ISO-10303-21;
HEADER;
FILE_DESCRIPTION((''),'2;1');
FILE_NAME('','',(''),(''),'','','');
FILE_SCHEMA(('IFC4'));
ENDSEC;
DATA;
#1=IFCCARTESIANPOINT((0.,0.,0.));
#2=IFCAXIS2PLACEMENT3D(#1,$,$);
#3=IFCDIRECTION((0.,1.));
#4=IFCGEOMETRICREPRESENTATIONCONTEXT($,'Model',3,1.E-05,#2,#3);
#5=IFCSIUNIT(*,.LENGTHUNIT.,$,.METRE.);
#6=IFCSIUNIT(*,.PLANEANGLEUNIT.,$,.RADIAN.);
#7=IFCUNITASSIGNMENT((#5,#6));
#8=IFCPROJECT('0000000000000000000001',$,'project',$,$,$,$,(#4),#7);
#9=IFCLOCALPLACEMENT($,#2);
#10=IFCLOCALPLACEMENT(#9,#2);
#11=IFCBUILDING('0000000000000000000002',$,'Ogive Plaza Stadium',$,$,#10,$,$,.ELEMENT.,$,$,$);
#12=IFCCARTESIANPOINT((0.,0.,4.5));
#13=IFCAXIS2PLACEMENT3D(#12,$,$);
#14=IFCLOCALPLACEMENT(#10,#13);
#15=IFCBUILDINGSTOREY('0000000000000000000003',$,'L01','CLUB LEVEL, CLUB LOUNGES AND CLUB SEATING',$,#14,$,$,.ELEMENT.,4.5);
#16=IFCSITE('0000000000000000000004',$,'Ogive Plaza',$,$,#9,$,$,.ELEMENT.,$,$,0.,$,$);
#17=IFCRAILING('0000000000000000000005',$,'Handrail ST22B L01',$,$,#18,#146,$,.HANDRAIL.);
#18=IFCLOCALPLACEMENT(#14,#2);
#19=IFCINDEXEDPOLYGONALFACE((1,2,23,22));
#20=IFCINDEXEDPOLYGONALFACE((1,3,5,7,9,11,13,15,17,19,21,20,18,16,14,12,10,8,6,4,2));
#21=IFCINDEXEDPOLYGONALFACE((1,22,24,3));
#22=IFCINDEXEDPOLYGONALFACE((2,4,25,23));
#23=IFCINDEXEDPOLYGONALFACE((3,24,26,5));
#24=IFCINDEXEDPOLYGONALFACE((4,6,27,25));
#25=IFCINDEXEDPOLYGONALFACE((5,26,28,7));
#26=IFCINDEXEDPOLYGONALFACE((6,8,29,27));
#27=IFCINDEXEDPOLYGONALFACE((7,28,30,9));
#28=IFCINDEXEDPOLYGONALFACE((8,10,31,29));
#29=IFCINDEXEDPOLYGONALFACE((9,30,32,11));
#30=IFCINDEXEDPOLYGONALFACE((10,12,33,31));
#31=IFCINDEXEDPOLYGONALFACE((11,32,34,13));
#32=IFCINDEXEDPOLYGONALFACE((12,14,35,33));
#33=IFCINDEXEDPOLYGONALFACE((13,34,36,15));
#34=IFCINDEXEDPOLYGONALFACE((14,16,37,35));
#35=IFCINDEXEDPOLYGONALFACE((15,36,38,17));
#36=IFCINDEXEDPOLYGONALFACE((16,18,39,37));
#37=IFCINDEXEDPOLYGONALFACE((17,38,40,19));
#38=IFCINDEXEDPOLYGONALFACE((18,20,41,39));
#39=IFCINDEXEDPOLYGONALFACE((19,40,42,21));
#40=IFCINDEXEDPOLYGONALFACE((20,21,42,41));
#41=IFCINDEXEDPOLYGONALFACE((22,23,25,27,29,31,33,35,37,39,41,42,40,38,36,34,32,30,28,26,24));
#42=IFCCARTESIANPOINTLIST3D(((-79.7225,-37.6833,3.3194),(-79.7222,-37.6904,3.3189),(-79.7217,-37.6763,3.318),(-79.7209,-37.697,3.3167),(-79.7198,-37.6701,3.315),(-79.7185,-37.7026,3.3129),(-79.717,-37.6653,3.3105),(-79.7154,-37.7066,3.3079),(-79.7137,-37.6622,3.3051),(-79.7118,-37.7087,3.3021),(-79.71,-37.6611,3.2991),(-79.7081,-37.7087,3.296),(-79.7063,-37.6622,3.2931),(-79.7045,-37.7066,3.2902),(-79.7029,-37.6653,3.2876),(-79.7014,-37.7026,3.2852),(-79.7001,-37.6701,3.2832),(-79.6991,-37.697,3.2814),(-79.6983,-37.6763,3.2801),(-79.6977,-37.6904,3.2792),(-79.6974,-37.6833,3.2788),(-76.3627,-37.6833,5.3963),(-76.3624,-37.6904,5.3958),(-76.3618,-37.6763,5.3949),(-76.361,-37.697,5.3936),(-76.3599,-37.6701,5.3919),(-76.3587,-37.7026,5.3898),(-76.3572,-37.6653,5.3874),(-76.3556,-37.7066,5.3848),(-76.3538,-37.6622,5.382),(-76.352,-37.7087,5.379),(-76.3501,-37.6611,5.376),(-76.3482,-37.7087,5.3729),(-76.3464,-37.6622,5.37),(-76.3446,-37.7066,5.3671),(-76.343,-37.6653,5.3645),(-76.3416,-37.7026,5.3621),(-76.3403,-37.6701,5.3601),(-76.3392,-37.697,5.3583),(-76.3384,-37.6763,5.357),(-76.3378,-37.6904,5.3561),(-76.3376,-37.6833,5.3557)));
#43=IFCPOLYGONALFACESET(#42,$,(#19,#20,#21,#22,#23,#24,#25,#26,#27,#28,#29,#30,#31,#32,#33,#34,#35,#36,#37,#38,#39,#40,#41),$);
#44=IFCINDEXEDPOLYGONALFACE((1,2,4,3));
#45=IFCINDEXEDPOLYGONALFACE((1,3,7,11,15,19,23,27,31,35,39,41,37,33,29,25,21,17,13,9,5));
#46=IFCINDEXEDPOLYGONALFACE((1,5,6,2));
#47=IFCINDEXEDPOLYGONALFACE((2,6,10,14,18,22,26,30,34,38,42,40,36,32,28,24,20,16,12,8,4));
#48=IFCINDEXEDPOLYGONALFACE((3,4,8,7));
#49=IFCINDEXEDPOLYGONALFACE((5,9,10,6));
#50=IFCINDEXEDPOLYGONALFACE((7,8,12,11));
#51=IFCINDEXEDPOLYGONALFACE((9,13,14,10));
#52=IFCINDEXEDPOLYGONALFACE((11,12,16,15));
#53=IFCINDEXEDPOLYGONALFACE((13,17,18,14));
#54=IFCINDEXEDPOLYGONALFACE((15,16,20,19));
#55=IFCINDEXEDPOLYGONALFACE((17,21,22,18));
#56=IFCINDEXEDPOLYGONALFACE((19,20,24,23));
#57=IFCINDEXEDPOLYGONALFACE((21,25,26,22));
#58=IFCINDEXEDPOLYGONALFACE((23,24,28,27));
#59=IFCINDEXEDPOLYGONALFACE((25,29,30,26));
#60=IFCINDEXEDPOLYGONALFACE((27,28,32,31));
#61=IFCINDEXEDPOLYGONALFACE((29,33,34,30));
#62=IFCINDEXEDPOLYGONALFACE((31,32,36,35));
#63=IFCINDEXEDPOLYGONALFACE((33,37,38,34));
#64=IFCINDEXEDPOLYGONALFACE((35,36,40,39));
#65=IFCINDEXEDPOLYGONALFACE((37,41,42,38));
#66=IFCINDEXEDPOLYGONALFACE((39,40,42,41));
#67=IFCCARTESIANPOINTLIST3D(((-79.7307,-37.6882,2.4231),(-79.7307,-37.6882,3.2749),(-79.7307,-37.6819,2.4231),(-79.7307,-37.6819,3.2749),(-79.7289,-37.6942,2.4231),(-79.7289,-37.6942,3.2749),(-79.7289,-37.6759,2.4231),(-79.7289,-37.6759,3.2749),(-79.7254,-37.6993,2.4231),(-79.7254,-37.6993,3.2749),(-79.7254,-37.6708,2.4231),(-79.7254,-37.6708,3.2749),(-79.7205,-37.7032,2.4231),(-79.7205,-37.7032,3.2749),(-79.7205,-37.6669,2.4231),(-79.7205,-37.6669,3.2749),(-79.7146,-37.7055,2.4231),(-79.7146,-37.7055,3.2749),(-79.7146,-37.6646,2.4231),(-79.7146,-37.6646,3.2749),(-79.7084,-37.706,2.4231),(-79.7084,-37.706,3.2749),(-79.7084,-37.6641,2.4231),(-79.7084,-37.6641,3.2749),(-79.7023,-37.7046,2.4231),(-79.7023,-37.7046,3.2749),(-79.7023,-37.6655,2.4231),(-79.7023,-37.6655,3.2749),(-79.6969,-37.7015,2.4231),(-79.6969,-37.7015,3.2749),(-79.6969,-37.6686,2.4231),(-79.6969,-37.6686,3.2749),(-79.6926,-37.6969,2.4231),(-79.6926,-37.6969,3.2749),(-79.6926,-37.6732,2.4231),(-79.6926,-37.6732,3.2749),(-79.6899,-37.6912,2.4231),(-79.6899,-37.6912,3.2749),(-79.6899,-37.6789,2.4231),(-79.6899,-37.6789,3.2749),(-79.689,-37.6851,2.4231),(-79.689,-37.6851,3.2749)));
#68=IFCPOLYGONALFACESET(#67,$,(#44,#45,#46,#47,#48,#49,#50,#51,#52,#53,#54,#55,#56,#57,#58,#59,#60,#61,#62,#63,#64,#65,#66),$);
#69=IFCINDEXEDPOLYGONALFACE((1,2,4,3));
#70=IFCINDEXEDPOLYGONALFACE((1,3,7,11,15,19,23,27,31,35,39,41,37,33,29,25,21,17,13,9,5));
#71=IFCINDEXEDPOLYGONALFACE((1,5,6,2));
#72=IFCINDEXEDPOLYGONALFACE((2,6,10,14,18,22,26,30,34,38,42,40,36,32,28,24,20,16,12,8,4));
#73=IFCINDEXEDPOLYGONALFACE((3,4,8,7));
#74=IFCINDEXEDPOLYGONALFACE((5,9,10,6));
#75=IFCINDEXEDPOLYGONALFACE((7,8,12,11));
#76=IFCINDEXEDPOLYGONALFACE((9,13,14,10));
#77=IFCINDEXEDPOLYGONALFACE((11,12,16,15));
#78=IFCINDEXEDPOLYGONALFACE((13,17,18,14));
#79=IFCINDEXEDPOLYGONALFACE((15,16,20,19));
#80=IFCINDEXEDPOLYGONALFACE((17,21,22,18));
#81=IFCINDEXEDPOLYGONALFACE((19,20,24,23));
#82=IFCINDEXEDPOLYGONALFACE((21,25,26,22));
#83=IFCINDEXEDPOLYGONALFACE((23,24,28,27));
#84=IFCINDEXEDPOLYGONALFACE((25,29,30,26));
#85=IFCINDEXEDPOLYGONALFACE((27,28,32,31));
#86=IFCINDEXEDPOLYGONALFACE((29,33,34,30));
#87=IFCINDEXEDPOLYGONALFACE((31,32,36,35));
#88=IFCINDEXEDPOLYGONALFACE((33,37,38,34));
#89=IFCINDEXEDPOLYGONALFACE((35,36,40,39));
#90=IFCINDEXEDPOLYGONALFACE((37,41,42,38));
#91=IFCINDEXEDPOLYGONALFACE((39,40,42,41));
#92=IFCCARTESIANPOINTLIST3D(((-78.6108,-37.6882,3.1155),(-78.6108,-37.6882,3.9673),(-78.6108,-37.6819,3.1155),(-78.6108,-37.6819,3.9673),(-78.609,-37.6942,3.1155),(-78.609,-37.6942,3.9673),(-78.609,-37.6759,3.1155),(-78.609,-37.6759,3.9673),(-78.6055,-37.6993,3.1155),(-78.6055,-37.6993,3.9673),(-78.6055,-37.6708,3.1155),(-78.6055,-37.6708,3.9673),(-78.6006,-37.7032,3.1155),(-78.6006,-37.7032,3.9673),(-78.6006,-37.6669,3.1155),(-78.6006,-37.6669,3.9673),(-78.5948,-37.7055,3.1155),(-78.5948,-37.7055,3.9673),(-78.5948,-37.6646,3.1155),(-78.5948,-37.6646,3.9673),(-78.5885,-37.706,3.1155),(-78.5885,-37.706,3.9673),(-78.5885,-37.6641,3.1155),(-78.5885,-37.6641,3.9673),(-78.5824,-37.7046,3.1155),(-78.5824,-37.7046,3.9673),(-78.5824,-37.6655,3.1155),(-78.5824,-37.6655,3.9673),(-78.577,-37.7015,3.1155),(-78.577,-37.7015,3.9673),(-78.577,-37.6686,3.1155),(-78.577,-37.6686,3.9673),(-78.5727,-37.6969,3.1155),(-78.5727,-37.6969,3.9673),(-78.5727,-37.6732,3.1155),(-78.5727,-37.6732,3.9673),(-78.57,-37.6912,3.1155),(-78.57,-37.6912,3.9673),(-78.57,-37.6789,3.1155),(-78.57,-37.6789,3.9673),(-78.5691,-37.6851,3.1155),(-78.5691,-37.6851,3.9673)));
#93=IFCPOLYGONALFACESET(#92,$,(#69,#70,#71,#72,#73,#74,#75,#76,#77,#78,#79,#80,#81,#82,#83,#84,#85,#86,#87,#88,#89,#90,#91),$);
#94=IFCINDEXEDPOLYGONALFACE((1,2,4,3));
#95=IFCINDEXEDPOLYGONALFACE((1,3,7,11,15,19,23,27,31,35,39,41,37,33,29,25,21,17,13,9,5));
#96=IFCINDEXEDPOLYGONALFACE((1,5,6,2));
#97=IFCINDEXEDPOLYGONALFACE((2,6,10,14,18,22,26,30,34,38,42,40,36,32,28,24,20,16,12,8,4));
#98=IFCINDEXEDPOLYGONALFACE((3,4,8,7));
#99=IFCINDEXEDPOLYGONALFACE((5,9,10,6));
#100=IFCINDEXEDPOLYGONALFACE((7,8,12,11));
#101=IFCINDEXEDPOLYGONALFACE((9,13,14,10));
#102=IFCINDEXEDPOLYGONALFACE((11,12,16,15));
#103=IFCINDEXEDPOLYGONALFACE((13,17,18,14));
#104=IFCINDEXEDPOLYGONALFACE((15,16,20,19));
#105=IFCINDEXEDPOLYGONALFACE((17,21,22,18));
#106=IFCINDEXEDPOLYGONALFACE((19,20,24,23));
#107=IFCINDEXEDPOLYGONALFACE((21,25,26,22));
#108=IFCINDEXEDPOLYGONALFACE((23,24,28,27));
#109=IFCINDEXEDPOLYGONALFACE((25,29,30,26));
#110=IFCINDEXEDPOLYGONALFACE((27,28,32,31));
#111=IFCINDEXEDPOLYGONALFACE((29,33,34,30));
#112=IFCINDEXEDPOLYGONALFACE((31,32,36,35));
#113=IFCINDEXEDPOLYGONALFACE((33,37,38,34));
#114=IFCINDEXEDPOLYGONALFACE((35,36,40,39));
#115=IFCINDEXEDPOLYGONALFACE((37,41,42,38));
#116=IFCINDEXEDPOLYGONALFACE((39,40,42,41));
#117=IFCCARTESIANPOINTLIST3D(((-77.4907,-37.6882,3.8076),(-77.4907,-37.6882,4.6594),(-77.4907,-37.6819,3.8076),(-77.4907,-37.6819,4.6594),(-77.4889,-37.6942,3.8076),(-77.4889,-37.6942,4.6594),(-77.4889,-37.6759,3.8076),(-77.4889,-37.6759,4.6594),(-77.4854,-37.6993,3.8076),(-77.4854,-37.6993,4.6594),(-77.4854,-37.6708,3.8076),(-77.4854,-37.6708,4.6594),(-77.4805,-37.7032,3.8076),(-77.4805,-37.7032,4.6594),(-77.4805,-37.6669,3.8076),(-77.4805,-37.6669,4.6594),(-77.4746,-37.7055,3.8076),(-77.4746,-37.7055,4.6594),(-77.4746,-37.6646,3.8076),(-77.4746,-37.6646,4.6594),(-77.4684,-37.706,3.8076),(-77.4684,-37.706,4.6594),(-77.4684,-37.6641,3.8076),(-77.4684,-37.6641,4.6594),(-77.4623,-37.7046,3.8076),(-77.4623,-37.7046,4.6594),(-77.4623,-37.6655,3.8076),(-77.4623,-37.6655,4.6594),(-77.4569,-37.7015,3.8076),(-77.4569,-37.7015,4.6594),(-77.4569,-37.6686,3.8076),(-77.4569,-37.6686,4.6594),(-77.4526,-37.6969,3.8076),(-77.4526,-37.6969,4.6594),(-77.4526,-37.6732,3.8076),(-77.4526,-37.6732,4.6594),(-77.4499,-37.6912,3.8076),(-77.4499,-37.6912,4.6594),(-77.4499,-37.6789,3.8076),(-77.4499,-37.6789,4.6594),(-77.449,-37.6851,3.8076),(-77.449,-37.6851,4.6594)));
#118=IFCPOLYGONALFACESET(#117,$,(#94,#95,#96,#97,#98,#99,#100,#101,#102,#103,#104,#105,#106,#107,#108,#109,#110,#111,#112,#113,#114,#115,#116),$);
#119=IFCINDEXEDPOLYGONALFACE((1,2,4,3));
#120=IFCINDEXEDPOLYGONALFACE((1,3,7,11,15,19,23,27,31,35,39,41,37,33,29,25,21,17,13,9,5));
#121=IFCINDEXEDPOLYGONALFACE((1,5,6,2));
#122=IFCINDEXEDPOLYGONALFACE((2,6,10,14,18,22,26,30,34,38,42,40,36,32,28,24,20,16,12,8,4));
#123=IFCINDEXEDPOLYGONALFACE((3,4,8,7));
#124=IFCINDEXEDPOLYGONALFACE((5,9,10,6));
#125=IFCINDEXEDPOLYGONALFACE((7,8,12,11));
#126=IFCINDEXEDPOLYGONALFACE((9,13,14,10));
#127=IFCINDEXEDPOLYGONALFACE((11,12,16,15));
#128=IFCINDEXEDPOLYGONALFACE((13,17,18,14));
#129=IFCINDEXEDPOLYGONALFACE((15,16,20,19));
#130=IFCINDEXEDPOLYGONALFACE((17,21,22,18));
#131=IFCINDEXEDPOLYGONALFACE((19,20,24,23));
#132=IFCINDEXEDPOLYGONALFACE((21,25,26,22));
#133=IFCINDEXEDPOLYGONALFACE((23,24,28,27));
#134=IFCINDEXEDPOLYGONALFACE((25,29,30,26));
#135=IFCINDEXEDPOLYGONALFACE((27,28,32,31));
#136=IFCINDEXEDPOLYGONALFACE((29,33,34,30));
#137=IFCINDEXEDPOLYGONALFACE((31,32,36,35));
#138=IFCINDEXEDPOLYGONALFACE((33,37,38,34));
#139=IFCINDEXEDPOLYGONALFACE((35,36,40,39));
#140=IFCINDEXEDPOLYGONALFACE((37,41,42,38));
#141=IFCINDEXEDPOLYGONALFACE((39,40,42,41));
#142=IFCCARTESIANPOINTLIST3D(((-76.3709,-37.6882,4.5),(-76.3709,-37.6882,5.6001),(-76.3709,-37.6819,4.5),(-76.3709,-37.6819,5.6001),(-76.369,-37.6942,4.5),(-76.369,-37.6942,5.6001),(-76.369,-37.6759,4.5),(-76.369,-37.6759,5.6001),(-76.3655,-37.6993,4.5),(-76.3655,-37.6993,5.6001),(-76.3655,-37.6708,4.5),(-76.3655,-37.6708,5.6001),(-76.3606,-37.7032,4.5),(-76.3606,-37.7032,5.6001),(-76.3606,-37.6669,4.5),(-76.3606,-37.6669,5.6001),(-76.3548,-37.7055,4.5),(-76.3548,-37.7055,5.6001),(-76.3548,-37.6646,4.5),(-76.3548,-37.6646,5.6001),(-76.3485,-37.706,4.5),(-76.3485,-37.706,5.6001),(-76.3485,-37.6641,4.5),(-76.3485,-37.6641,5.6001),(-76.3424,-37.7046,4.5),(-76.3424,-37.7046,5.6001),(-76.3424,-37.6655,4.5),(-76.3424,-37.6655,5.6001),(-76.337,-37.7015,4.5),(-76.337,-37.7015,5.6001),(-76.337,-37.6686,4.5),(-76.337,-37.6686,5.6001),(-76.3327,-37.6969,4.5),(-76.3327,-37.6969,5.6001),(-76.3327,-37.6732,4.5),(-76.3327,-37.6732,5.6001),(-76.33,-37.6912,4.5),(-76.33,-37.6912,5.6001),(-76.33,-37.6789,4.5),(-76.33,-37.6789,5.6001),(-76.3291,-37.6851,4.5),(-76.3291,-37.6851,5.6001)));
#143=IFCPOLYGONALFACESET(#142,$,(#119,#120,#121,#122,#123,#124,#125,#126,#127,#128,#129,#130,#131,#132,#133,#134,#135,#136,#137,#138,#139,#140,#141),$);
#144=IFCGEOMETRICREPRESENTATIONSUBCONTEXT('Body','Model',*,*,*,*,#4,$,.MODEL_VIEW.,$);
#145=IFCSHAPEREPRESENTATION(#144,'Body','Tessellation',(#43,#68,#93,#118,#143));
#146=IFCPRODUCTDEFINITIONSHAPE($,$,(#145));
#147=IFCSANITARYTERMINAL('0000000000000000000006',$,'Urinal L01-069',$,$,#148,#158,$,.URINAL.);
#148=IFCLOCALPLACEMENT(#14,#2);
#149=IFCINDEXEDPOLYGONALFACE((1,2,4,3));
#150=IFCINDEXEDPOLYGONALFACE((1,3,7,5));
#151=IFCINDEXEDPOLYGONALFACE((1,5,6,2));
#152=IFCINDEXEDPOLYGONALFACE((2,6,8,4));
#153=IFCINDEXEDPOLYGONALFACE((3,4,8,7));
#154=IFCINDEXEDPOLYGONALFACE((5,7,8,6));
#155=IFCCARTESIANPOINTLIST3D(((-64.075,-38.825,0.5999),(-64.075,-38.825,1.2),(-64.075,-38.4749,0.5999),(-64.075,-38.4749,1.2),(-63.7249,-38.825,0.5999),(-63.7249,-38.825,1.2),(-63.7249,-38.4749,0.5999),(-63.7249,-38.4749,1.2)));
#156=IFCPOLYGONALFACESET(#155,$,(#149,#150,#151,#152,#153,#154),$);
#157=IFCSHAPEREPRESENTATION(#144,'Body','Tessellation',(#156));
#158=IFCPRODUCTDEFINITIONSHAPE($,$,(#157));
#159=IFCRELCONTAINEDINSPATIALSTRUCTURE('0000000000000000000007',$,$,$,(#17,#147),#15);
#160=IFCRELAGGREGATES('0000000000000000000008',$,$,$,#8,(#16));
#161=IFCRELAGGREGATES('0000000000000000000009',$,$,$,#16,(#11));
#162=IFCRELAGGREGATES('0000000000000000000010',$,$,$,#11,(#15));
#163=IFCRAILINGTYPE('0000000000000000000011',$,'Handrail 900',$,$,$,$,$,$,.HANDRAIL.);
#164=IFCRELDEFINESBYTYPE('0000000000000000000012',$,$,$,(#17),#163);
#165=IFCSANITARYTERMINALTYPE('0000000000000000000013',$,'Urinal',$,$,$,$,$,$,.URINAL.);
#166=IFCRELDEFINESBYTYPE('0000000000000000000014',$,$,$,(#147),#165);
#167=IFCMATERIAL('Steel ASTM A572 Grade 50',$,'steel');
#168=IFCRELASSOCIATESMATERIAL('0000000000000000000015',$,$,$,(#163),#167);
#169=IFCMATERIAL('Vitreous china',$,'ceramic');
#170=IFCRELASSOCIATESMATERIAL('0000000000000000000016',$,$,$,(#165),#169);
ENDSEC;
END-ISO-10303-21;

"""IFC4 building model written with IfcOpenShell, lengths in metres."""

from ifc_helpers import new_model, si_unit, direction, frame, origin, origin_2d, place, context, subcontext, project, spatial, rectangle, circle, extrude, material, type_object, element, save


model = new_model("IFC4")

# Units and contexts
model_context = context("Model", 3, precision=1e-05, world=origin(), true_north=direction((0.0, 1.0)))
body_context = subcontext(model_context, "Body", "Model", "MODEL_VIEW")
ifc_project = project(units=[si_unit("LENGTHUNIT", "METRE"), si_unit("PLANEANGLEUNIT", "RADIAN")], contexts=[model_context])

# Site, building, storey
site_placement = place(None, origin())
site = spatial("IfcSite", under=ifc_project, at=site_placement, Name="Ogive Plaza", CompositionType="ELEMENT", RefElevation=0.0)
building_placement = place(site_placement, origin())
building = spatial("IfcBuilding", under=site, at=building_placement, Name="Ogive Plaza Stadium", CompositionType="ELEMENT")
storey_placement = place(building_placement, frame((0.0, 0.0, 4.5)))
storey = spatial("IfcBuildingStorey", under=building, at=storey_placement, Name="L01", Description="CLUB LEVEL, CLUB LOUNGES AND CLUB SEATING", CompositionType="ELEMENT", Elevation=4.5)

# Railing
ifc_material_1 = material(Name="Steel ASTM A572 Grade 50", Category="steel")
railing_type_1 = type_object("IfcRailingType", Name="Handrail 900", PredefinedType="HANDRAIL", material=ifc_material_1)
for number, where, name in (
    (1, (-79.71, -37.6851, 2.4231), "Handrail ST22B L01"),
):
    element("IfcRailing", number, at=place(storey_placement, frame(where)), inside=storey, type_object=railing_type_1, Name=name, PredefinedType="HANDRAIL", context=body_context, shape_type="SweptSolid", body=[
        extrude(circle(Radius=0.0239, at=origin_2d()), frame((0.0, 0.0, 0.876), z_axis=(0.850606, 0.0, 0.525803), x_axis=(0.0, 1.0, 0.0)), (0.0, 0.0, 1.0), 3.95),
        extrude(circle(Radius=0.021, at=origin_2d()), origin(), (0.0, 0.0, 1.0), 0.8518),
        extrude(circle(Radius=0.021, at=origin_2d()), frame((1.1199, 0.0, 0.6924)), (0.0, 0.0, 1.0), 0.8518),
        extrude(circle(Radius=0.021, at=origin_2d()), frame((2.24, 0.0, 1.3845)), (0.0, 0.0, 1.0), 0.8518),
        extrude(circle(Radius=0.021, at=origin_2d()), frame((3.3599, 0.0, 2.0769)), (0.0, 0.0, 1.0), 1.1001),
    ])

# Sanitary terminal
ifc_material_2 = material(Name="Vitreous china", Category="ceramic")
sanitary_terminal_type = type_object("IfcSanitaryTerminalType", Name="Urinal", PredefinedType="URINAL", material=ifc_material_2)
sanitary_terminal_placement = place(storey_placement, frame((-63.8999, -38.6499, 0.5999), z_axis=(0.0, 0.0, 1.0), x_axis=(-1.0, 0.0, 0.0)))
element("IfcSanitaryTerminal", 2, at=sanitary_terminal_placement, inside=storey, type_object=sanitary_terminal_type, Name="Urinal L01-069", PredefinedType="URINAL", context=body_context, shape_type="SweptSolid", body=[
    extrude(rectangle(XDim=0.3501, YDim=0.3501, at=origin_2d()), origin(), (0.0, 0.0, 1.0), 0.6001),
])

save(model, "model.ifc")
